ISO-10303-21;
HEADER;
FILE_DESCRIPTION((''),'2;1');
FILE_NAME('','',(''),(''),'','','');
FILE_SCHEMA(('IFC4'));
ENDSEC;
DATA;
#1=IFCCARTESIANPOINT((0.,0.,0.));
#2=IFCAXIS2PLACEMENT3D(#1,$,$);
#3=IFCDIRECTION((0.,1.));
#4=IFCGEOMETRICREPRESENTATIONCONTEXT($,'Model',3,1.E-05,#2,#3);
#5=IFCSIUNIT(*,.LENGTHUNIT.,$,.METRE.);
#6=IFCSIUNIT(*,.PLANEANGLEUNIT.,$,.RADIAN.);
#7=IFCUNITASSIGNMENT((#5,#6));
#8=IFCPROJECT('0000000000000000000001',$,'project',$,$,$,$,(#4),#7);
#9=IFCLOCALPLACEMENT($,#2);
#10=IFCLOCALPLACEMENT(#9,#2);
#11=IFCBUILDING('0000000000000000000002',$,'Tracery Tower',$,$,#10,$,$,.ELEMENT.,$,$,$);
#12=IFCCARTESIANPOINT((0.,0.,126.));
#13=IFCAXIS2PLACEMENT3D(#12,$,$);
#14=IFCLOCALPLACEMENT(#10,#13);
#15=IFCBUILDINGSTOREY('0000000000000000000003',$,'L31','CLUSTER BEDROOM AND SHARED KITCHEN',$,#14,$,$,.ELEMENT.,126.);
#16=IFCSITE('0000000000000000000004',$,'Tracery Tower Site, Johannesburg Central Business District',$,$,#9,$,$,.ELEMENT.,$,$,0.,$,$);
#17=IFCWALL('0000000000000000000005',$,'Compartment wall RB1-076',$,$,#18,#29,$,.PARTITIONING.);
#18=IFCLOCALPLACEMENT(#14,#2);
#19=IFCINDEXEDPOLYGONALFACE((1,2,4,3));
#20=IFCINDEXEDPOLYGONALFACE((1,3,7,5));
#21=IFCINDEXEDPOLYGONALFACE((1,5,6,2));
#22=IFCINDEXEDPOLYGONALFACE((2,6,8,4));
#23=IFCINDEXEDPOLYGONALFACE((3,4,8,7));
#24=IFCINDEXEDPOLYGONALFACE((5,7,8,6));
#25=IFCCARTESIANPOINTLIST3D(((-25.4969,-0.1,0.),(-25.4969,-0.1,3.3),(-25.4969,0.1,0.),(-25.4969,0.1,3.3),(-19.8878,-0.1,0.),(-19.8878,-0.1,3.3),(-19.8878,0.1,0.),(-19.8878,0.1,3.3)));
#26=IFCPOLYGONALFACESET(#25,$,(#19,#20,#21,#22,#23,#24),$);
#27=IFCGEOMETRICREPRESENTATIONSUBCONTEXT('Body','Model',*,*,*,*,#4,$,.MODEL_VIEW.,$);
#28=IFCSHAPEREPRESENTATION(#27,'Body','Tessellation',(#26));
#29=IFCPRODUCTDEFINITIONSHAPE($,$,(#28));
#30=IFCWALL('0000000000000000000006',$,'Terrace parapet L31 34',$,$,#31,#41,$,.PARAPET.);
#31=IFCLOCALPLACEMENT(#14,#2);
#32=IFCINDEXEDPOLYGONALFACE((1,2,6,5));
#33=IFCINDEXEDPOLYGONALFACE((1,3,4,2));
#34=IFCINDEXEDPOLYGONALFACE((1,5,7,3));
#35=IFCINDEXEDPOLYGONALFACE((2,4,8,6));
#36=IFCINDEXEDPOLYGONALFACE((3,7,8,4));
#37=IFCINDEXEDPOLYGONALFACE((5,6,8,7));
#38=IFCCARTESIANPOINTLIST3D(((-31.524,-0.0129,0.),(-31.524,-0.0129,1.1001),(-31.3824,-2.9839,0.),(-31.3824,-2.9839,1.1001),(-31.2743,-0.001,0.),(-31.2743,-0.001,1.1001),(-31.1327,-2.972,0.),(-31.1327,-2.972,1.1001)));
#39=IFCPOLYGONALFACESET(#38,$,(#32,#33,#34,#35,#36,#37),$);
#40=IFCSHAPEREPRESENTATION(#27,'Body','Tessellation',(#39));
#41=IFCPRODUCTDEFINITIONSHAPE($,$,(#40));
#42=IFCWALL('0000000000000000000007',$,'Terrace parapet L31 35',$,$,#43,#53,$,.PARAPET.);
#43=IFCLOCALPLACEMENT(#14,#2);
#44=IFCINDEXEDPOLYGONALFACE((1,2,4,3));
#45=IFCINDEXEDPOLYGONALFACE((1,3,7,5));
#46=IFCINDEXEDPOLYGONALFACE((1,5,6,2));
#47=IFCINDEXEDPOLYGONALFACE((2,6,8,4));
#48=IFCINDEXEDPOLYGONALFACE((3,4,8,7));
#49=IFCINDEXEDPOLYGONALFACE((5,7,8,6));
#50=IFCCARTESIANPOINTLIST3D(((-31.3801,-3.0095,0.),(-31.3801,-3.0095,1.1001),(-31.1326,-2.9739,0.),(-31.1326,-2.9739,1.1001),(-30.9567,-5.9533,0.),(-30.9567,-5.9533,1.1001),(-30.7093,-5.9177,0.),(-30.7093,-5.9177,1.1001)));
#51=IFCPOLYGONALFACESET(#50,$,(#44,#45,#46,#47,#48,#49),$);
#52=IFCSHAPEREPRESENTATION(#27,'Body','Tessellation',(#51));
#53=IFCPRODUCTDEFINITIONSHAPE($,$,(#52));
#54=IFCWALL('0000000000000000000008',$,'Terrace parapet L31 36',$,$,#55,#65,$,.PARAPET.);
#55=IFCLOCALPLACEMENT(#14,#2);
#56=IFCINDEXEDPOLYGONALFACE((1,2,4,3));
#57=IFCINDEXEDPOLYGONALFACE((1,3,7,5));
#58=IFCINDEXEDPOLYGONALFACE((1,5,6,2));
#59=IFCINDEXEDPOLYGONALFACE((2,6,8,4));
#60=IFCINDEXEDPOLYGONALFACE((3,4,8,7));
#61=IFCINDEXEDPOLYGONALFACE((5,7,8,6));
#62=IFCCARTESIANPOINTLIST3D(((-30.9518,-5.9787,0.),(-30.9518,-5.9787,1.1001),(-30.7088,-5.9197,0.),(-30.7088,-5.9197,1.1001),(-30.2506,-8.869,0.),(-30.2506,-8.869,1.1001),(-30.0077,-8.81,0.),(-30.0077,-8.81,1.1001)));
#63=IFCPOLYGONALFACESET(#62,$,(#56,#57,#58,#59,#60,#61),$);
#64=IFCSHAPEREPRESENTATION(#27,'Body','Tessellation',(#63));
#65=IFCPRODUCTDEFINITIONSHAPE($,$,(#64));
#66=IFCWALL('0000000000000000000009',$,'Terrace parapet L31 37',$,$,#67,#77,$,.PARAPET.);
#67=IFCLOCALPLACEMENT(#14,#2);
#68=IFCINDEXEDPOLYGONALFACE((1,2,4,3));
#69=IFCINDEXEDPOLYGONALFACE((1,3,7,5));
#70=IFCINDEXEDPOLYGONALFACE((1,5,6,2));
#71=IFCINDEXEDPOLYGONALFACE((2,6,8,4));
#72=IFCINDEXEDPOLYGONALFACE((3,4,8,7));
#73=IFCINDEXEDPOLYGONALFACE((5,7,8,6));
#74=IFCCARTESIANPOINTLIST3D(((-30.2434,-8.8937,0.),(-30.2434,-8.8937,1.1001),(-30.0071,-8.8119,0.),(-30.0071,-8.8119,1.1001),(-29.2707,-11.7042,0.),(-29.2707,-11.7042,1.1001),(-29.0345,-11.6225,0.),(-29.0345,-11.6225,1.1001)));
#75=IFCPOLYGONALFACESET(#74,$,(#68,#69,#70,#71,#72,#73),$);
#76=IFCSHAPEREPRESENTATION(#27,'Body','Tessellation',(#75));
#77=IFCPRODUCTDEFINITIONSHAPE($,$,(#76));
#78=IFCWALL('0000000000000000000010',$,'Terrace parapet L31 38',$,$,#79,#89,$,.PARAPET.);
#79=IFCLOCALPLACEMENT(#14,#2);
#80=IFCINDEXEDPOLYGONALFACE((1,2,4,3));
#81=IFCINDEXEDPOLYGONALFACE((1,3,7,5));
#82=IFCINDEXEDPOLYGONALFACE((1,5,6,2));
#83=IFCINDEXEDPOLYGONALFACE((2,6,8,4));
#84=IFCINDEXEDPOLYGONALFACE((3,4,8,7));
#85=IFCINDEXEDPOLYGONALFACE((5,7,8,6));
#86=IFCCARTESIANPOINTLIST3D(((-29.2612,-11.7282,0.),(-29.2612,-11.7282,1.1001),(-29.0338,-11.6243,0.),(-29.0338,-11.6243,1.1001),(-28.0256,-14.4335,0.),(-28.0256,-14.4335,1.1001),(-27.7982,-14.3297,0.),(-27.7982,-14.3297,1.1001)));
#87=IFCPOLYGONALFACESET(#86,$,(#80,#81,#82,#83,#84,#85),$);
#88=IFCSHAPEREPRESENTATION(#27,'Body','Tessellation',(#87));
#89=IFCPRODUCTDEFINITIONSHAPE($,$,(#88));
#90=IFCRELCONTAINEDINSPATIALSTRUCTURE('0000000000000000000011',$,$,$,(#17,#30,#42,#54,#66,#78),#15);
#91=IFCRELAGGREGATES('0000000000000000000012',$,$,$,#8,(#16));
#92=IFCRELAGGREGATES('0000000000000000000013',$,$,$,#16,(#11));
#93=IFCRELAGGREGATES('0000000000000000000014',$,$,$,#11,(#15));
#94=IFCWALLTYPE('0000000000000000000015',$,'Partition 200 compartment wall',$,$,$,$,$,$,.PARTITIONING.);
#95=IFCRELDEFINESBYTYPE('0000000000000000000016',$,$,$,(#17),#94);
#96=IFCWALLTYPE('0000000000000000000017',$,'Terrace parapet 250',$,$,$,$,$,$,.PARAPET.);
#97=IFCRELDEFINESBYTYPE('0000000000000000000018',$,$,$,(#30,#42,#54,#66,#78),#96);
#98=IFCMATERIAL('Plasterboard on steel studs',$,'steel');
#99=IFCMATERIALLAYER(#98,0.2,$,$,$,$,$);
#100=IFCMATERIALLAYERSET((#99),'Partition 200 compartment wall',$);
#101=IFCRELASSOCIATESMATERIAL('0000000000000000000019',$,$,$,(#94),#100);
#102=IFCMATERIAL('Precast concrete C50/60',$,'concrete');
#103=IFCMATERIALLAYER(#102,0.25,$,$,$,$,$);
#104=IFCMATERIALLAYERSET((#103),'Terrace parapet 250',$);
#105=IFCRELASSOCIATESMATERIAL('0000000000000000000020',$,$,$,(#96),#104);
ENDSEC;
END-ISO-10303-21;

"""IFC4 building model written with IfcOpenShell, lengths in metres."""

from ifc_helpers import new_model, si_unit, direction, frame, frame_2d, origin, place, context, subcontext, project, spatial, rectangle, extrude, material, layer, layer_set, type_object, element, save


model = new_model("IFC4")

# Units and contexts
model_context = context("Model", 3, precision=1e-05, world=origin(), true_north=direction((0.0, 1.0)))
body_context = subcontext(model_context, "Body", "Model", "MODEL_VIEW")
ifc_project = project(units=[si_unit("LENGTHUNIT", "METRE"), si_unit("PLANEANGLEUNIT", "RADIAN")], contexts=[model_context])

# Site, building, storey
site_placement = place(None, origin())
site = spatial("IfcSite", under=ifc_project, at=site_placement, Name="Tracery Tower Site, Johannesburg Central Business District", CompositionType="ELEMENT", RefElevation=0.0)
building_placement = place(site_placement, origin())
building = spatial("IfcBuilding", under=site, at=building_placement, Name="Tracery Tower", CompositionType="ELEMENT")
storey_placement = place(building_placement, frame((0.0, 0.0, 126.0)))
storey = spatial("IfcBuildingStorey", under=building, at=storey_placement, Name="L31", Description="CLUSTER BEDROOM AND SHARED KITCHEN", CompositionType="ELEMENT", Elevation=126.0)

# Walls
ifc_material_1 = material(Name="Plasterboard on steel studs", Category="steel")
ifc_layer_1 = layer(ifc_material_1, 0.2)
ifc_layer_set_1 = layer_set([ifc_layer_1], Name="Partition 200 compartment wall")
wall_type_1 = type_object("IfcWallType", Name="Partition 200 compartment wall", PredefinedType="PARTITIONING", material=ifc_layer_set_1)
wall_1_placement = place(storey_placement, frame((-25.4971, 0.0, 0.0), z_axis=(0.0, 0.0, 1.0), x_axis=(1.0, 0.0, 0.0)))
element("IfcWall", 1, at=wall_1_placement, inside=storey, type_object=wall_type_1, Name="Compartment wall RB1-076", PredefinedType="PARTITIONING", context=body_context, shape_type="SweptSolid", body=[
    extrude(rectangle(XDim=5.6091, YDim=0.2, at=frame_2d((2.8047, 0.0))), origin(), (0.0, 0.0, 1.0), 3.3),
])
ifc_material_2 = material(Name="Precast concrete C50/60", Category="concrete")
ifc_layer_2 = layer(ifc_material_2, 0.25)
ifc_layer_set_2 = layer_set([ifc_layer_2], Name="Terrace parapet 250")
wall_type_2 = type_object("IfcWallType", Name="Terrace parapet 250", PredefinedType="PARAPET", material=ifc_layer_set_2)
wall_2_placement = place(storey_placement, frame((-31.3992, -0.0068, 0.0), z_axis=(0.0, 0.0, 1.0), x_axis=(0.047608, -0.998866, 0.0)))
element("IfcWall", 2, at=wall_2_placement, inside=storey, type_object=wall_type_2, Name="Terrace parapet L31 34", PredefinedType="PARAPET", context=body_context, shape_type="SweptSolid", body=[
    extrude(rectangle(XDim=2.9744, YDim=0.25, at=frame_2d((1.4873, 0.0))), origin(), (0.0, 0.0, 1.0), 1.1001),
])
for number, where, z_axis, x_axis, name in (
    (3, (-31.2563, -2.9917, 0.0), (0.0, 0.0, 1.0), (0.142341, -0.989818, 0.0), "Terrace parapet L31 35"),
    (4, (-30.8303, -5.9492, 0.0), (0.0, 0.0, 1.0), (0.23575, -0.971814, 0.0), "Terrace parapet L31 36"),
    (5, (-30.1252, -8.8528, 0.0), (0.0, 0.0, 1.0), (0.327043, -0.945009, 0.0), "Terrace parapet L31 37"),
    (6, (-29.1475, -11.6763, 0.0), (0.0, 0.0, 1.0), (0.415447, -0.909617, 0.0), "Terrace parapet L31 38"),
):
    element("IfcWall", number, at=place(storey_placement, frame(where, z_axis=z_axis, x_axis=x_axis)), inside=storey, type_object=wall_type_2, Name=name, PredefinedType="PARAPET", context=body_context, shape_type="SweptSolid", body=[
        extrude(rectangle(XDim=2.9741, YDim=0.25, at=frame_2d((1.4871, 0.0))), origin(), (0.0, 0.0, 1.0), 1.1001),
    ])

save(model, "model.ifc")
